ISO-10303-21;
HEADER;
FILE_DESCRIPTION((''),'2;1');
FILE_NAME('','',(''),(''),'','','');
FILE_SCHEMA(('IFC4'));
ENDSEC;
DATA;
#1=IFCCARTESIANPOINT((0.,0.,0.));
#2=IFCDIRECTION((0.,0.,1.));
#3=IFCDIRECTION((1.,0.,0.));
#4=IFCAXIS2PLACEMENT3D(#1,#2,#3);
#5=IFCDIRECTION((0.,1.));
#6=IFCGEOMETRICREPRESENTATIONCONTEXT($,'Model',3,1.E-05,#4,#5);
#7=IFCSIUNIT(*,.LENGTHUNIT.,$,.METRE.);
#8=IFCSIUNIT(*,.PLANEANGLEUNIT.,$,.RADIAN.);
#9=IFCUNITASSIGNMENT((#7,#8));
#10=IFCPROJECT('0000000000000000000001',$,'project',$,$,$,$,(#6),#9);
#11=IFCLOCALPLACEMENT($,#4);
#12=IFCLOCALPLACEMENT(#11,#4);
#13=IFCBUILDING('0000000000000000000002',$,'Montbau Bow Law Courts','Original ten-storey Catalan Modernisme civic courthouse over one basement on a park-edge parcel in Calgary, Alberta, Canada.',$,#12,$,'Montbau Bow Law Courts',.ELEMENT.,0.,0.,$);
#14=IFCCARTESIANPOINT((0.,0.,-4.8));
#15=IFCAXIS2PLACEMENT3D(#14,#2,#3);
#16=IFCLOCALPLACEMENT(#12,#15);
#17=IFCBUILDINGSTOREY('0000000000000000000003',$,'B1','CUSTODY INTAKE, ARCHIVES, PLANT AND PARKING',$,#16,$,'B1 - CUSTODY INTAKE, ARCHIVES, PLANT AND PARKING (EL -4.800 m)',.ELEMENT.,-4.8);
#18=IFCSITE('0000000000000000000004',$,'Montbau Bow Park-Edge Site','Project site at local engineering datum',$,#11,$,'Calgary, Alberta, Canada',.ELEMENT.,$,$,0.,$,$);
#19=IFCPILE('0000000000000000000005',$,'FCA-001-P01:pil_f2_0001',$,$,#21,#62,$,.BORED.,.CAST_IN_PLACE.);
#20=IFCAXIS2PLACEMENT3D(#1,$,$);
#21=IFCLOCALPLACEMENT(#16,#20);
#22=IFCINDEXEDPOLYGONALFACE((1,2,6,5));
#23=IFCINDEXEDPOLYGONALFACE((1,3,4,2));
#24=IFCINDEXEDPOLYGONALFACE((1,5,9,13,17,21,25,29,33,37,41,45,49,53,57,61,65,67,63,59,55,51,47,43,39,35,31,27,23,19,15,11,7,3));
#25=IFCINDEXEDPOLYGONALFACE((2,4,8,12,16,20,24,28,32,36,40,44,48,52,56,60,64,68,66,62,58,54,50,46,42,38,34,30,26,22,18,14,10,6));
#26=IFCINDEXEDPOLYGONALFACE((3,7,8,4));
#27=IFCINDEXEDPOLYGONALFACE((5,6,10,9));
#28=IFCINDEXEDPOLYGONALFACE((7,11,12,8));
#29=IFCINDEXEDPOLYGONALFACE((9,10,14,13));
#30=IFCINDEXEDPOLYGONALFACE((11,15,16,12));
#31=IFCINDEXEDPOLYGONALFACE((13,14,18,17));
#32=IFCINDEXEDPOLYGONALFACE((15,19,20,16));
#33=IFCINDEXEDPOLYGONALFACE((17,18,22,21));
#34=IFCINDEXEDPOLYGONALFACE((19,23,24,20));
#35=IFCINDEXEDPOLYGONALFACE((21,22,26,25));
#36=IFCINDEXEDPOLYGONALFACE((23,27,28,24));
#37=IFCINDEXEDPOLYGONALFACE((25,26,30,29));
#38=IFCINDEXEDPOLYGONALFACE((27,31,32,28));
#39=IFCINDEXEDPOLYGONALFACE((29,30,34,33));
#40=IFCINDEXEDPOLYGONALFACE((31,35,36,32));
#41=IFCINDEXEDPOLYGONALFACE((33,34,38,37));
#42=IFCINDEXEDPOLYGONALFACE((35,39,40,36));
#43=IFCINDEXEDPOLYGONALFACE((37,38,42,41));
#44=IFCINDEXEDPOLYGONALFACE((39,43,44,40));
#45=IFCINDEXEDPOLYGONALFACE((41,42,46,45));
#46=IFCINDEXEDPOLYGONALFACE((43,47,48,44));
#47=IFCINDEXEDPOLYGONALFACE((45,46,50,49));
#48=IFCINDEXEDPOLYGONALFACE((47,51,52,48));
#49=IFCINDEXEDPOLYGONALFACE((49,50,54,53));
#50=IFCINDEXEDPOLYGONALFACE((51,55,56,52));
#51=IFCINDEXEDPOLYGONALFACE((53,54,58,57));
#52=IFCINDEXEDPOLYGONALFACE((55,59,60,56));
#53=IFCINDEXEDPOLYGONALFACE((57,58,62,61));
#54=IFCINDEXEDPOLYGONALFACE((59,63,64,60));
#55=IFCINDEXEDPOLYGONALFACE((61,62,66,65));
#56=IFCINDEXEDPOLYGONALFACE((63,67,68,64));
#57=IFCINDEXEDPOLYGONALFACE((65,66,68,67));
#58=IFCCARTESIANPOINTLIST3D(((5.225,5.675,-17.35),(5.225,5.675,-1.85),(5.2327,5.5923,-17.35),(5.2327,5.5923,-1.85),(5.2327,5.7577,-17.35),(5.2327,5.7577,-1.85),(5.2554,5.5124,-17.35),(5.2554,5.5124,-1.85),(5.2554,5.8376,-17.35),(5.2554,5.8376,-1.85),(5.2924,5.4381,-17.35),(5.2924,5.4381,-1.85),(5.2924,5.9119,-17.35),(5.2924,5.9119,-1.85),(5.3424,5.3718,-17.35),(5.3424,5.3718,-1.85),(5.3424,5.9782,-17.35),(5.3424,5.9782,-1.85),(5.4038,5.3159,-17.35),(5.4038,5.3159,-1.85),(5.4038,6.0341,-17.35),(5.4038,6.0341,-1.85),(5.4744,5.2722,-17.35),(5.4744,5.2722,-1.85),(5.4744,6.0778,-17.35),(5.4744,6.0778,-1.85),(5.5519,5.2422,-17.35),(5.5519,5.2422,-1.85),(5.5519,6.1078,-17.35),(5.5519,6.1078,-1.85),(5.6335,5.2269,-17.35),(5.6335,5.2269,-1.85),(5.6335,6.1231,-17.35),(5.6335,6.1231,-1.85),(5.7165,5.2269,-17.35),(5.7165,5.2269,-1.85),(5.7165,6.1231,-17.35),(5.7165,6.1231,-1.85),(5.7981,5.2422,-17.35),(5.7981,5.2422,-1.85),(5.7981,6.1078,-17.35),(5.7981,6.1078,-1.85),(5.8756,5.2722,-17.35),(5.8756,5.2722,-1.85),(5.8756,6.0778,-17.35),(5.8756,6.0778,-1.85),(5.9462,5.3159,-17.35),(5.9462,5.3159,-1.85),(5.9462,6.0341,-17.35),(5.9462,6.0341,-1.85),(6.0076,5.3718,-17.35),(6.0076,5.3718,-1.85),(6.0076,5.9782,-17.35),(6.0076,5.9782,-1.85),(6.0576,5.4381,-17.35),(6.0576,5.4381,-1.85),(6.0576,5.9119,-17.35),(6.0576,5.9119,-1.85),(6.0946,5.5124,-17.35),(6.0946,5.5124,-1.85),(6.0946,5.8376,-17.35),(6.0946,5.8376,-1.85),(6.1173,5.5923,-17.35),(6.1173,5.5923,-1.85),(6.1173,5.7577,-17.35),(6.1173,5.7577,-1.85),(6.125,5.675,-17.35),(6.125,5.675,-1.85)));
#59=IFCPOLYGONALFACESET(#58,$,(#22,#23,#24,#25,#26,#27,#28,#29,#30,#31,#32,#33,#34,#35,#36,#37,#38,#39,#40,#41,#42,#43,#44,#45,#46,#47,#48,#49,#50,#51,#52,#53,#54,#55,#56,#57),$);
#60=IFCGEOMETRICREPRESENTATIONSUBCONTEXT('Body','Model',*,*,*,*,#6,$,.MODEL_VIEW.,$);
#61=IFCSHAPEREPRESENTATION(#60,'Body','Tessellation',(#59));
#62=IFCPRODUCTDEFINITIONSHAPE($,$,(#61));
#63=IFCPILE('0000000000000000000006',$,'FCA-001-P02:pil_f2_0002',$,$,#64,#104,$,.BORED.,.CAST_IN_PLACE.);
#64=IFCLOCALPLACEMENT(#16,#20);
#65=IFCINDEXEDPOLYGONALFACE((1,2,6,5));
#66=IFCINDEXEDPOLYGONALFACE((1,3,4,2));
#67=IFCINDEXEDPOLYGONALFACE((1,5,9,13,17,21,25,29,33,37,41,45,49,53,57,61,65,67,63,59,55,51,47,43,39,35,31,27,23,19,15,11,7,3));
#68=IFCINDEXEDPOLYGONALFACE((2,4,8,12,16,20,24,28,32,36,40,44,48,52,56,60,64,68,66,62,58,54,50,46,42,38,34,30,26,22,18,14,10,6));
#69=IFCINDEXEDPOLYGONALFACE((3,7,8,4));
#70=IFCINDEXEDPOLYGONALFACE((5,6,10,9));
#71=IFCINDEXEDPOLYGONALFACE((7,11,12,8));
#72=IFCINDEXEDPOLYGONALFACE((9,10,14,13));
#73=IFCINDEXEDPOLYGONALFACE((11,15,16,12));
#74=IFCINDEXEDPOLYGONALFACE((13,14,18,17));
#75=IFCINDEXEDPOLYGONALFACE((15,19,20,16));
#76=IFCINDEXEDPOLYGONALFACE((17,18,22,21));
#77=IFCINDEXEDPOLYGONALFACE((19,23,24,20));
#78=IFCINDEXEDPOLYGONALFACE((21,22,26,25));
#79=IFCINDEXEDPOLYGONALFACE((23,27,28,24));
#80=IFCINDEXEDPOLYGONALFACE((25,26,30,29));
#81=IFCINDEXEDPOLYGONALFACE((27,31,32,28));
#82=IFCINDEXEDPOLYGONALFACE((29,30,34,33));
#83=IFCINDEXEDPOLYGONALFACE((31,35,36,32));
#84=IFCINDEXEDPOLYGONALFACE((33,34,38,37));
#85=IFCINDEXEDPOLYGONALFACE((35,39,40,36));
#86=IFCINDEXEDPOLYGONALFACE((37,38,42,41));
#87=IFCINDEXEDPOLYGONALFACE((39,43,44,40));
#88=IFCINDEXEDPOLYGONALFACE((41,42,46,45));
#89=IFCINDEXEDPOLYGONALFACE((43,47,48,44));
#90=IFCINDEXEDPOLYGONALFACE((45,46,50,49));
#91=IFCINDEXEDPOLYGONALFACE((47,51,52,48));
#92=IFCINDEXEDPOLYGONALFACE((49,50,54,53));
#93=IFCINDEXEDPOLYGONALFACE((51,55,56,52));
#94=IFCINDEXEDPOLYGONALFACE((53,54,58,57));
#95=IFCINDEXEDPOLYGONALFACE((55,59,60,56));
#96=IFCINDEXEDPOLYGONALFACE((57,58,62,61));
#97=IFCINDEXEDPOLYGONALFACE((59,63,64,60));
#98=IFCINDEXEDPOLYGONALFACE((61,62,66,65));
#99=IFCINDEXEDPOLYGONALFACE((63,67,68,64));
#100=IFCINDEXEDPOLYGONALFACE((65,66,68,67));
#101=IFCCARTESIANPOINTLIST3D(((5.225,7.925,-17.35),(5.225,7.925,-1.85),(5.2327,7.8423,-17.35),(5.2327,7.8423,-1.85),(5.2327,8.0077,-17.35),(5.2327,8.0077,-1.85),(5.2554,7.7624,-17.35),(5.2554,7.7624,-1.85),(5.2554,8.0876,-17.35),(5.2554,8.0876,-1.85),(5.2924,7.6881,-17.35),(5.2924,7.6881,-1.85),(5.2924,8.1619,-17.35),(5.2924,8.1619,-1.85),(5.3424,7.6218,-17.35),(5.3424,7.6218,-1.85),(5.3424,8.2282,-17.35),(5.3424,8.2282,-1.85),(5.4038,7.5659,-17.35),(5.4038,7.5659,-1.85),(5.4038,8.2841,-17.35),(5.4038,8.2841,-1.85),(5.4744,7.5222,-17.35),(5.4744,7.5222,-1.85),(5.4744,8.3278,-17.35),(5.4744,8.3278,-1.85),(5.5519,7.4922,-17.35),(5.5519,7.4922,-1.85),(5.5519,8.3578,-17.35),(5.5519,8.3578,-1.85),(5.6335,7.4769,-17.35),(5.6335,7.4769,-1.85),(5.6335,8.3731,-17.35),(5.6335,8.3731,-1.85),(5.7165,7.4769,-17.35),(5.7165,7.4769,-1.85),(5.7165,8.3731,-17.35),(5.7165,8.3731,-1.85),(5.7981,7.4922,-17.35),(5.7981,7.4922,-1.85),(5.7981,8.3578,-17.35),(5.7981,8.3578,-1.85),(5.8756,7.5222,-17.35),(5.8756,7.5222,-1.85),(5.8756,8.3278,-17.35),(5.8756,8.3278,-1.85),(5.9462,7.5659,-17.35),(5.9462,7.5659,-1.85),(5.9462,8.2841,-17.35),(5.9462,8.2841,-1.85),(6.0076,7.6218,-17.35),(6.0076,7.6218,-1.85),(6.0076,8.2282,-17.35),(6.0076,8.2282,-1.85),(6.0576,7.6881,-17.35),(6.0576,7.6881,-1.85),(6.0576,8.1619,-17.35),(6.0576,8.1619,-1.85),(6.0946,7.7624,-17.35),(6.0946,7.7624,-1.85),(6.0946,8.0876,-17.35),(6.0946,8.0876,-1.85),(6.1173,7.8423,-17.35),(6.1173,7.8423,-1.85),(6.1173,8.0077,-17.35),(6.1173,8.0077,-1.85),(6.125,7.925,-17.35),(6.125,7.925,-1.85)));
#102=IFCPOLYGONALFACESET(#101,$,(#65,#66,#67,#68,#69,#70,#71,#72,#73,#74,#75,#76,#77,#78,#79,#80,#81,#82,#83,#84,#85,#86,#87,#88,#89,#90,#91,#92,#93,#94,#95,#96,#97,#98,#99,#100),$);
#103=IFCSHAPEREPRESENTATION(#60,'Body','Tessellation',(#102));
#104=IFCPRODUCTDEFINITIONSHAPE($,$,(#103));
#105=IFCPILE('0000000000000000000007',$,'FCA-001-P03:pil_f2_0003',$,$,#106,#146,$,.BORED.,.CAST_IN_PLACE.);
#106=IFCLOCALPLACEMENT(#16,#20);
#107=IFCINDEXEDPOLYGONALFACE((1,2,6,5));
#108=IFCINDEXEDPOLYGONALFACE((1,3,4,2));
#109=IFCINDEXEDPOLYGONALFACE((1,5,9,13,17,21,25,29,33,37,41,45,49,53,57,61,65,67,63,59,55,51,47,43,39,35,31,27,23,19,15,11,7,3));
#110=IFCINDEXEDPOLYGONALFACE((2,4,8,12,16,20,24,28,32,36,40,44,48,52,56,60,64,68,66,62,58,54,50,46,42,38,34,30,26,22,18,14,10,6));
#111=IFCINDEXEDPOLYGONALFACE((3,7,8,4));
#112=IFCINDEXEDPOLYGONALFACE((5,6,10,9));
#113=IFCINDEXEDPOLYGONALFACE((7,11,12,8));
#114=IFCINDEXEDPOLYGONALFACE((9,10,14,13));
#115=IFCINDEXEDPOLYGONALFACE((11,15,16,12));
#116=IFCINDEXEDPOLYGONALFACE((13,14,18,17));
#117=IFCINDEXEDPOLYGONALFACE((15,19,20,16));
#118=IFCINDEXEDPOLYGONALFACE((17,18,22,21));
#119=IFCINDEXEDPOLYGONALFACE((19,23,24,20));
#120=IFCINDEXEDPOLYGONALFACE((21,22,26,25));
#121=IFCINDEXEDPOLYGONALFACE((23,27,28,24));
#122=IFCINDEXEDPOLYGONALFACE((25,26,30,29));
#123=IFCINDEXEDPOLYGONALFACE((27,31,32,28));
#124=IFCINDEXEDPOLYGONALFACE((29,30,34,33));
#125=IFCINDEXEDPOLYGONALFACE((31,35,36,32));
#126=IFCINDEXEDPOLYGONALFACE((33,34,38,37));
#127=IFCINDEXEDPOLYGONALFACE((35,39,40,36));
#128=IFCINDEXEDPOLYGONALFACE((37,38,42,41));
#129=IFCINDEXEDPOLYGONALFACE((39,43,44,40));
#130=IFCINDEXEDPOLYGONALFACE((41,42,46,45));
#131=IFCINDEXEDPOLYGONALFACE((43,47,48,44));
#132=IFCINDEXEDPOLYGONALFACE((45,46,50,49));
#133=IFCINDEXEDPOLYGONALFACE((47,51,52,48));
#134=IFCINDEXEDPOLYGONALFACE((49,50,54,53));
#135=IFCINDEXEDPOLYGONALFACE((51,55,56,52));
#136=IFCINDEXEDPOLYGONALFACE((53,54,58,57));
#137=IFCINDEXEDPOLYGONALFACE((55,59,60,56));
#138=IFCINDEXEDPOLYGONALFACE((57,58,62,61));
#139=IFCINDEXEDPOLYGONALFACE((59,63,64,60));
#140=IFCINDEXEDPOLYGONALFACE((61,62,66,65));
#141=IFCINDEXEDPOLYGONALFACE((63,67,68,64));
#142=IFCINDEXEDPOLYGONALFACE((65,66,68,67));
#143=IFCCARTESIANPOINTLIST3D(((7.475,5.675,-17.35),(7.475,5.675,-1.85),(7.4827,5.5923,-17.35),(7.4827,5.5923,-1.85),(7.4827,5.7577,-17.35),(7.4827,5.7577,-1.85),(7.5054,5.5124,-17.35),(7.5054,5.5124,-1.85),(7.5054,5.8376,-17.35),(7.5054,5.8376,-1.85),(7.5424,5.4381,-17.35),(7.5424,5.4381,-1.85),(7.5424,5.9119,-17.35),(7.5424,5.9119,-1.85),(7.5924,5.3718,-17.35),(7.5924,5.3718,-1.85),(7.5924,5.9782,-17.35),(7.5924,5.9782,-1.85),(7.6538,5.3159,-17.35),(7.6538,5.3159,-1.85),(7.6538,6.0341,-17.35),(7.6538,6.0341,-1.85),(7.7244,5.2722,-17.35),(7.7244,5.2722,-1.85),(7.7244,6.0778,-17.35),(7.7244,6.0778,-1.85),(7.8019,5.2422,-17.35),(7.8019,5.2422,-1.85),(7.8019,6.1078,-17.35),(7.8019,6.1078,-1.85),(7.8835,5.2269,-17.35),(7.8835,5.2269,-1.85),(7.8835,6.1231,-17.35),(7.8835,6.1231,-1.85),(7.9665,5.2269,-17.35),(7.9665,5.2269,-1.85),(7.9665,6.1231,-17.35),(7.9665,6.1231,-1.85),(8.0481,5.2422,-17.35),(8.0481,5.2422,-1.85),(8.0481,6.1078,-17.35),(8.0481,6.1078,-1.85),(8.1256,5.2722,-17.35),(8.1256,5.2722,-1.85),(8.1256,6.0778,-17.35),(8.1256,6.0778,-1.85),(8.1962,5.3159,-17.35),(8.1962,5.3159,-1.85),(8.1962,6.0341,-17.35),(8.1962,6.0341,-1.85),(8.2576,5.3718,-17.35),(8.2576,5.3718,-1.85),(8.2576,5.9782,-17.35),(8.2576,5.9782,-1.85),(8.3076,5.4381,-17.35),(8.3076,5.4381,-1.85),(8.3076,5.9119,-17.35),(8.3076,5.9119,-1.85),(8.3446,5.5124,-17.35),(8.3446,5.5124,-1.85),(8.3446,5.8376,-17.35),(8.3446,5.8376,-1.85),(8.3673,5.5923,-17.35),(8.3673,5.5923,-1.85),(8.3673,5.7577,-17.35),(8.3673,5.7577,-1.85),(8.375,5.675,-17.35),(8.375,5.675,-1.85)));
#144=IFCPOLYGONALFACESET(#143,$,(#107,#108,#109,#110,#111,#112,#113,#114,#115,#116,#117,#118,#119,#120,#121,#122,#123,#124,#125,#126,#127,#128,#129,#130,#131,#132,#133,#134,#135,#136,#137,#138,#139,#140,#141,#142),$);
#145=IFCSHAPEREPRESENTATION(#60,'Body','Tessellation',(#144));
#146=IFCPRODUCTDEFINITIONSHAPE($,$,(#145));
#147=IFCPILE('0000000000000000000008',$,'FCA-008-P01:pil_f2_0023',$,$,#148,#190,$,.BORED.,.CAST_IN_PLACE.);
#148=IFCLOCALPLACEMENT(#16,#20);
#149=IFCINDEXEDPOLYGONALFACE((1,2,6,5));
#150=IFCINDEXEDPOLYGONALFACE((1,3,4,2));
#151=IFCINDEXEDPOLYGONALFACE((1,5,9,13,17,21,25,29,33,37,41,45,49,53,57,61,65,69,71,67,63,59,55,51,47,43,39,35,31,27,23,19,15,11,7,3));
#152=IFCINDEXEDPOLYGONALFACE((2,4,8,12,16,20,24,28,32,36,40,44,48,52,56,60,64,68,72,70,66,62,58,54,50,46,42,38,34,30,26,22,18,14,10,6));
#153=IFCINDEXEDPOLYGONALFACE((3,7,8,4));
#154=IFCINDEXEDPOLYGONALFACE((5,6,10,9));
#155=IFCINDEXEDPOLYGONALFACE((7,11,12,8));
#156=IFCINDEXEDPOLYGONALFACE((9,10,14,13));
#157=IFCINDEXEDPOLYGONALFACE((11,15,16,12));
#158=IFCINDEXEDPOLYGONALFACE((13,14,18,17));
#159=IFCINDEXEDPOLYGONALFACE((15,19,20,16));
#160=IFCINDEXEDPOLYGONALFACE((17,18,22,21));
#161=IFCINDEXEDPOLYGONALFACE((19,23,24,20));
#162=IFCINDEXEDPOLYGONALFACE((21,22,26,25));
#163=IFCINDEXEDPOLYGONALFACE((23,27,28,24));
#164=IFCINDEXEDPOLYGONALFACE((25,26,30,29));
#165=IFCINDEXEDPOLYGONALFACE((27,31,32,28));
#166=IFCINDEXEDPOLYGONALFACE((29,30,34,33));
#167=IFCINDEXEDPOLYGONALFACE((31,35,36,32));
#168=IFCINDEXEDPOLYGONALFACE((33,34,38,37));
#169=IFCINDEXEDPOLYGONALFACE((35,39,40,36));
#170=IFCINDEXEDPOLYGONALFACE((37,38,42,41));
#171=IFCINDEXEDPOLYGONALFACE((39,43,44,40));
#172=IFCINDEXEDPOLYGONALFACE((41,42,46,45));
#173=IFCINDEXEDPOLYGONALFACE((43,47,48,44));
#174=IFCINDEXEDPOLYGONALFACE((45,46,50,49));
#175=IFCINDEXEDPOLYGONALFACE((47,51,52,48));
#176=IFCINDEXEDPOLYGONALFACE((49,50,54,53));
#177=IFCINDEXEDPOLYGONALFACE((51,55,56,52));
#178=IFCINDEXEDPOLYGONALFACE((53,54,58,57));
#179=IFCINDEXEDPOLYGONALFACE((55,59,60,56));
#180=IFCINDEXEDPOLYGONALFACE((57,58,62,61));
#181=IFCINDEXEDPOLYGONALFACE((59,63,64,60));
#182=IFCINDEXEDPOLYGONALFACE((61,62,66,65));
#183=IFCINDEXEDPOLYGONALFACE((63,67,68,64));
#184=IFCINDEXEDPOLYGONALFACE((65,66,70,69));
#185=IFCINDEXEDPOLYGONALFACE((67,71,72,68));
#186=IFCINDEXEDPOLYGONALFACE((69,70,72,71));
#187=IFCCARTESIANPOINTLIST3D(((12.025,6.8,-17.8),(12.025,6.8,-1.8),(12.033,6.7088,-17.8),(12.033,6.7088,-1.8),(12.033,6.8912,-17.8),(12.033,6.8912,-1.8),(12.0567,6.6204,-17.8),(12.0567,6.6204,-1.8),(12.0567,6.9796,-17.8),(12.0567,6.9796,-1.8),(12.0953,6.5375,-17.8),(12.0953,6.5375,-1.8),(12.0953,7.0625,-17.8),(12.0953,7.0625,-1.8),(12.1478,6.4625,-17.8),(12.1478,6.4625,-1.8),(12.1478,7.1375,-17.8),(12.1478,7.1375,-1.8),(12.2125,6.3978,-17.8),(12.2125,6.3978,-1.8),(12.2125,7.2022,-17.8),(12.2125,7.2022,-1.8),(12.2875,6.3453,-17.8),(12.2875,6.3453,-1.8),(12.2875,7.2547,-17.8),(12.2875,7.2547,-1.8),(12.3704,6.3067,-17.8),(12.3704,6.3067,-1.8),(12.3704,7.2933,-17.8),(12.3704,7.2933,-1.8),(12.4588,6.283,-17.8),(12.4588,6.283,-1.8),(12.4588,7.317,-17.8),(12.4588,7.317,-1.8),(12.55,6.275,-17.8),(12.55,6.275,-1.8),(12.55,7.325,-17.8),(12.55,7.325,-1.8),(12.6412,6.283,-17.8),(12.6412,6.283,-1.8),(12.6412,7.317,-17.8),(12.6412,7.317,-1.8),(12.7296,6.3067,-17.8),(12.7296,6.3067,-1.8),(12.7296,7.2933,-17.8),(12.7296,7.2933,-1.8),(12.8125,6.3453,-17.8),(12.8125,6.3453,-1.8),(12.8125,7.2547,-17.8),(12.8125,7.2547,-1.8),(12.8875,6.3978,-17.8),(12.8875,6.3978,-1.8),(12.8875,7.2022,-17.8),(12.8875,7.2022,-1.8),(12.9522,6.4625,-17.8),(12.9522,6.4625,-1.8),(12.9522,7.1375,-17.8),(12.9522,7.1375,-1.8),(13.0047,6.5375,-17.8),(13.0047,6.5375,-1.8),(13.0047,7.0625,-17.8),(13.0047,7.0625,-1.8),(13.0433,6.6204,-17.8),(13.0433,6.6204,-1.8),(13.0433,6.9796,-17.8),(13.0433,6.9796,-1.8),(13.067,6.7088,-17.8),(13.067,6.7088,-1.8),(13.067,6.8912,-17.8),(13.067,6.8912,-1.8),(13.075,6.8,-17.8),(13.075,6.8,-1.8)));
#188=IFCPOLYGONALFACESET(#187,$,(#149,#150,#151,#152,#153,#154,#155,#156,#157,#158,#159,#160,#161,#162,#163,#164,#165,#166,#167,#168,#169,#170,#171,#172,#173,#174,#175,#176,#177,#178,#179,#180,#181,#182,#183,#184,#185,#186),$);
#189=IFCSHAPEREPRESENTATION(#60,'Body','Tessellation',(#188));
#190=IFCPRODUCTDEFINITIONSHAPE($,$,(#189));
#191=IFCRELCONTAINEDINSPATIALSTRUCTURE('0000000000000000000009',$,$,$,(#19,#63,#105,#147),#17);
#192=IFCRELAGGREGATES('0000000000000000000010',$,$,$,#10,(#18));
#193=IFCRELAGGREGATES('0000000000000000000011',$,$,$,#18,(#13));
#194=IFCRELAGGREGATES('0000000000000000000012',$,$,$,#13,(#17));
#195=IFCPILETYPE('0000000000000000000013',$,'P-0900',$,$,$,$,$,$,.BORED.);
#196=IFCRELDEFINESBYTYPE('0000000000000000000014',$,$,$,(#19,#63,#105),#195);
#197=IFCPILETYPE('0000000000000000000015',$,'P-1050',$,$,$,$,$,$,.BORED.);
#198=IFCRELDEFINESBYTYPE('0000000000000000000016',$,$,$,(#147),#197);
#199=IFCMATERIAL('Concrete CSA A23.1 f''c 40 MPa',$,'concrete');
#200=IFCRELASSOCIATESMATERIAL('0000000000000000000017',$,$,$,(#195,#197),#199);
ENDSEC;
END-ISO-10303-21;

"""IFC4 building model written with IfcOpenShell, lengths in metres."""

from ifc_helpers import new_model, si_unit, direction, frame, origin_with_axes, origin_2d_with_axis, place, context, subcontext, project, spatial, circle, extrude, material, material_profile, profile_set, type_object, element, save


model = new_model("IFC4")

# Units and contexts
model_context = context("Model", 3, precision=1e-05, world=origin_with_axes(), true_north=direction((0.0, 1.0)))
body_context = subcontext(model_context, "Body", "Model", "MODEL_VIEW")
ifc_project = project(units=[si_unit("LENGTHUNIT", "METRE"), si_unit("PLANEANGLEUNIT", "RADIAN")], contexts=[model_context])

# Site, building, storey
site_placement = place(None, origin_with_axes())
site = spatial("IfcSite", under=ifc_project, at=site_placement, Name="Montbau Bow Park-Edge Site", Description="Project site at local engineering datum", LongName="Calgary, Alberta, Canada", CompositionType="ELEMENT", RefElevation=0.0)
building_placement = place(site_placement, origin_with_axes())
building = spatial("IfcBuilding", under=site, at=building_placement, Name="Montbau Bow Law Courts", Description="Original ten-storey Catalan Modernisme civic courthouse over one basement on a park-edge parcel in Calgary, Alberta, Canada.", LongName="Montbau Bow Law Courts", CompositionType="ELEMENT", ElevationOfRefHeight=0.0, ElevationOfTerrain=0.0)
storey_placement = place(building_placement, frame((0.0, 0.0, -4.8), z_axis=(0.0, 0.0, 1.0), x_axis=(1.0, 0.0, 0.0)))
storey = spatial("IfcBuildingStorey", under=building, at=storey_placement, Name="B1", Description="CUSTODY INTAKE, ARCHIVES, PLANT AND PARKING", LongName="B1 - CUSTODY INTAKE, ARCHIVES, PLANT AND PARKING (EL -4.800 m)", CompositionType="ELEMENT", Elevation=-4.8)

# Piles
ifc_material_1 = material(Name="Concrete CSA A23.1 f'c 40 MPa", Category="concrete")
ifc_material_profile_1 = material_profile(ifc_material_1, circle(Radius=0.45, at=origin_2d_with_axis()), Name="BP900", Category="Main", Priority=0)
ifc_profile_set_1 = profile_set([ifc_material_profile_1], Name="Concrete CSA A23.1 f'c 40 MPa")
pile_type_1 = type_object("IfcPileType", Name="P-0900", PredefinedType="BORED", material=ifc_profile_set_1)
for number, where, z_axis, x_axis, name in (
    (1, (5.675, 5.675, -22.15), (0.0, 0.0, 1.0), (1.0, 0.0, 0.0), "FCA-001-P01:pil_f2_0001"),
    (2, (5.675, 7.925, -22.15), (0.0, 0.0, 1.0), (1.0, 0.0, 0.0), "FCA-001-P02:pil_f2_0002"),
    (3, (7.925, 5.675, -22.15), (0.0, 0.0, 1.0), (1.0, 0.0, 0.0), "FCA-001-P03:pil_f2_0003"),
):
    element("IfcPile", number, at=place(None, frame(where, z_axis=z_axis, x_axis=x_axis)), inside=storey, type_object=pile_type_1, Name=name, ConstructionType="CAST_IN_PLACE", PredefinedType="BORED", context=body_context, shape_type="SweptSolid", body=[
        extrude(circle(Radius=0.45, at=origin_2d_with_axis()), origin_with_axes(), (0.0, 0.0, 1.0), 15.5),
    ])
ifc_material_profile_2 = material_profile(ifc_material_1, circle(Radius=0.525, at=origin_2d_with_axis()), Name="BP1050", Category="Main", Priority=0)
ifc_profile_set_2 = profile_set([ifc_material_profile_2], Name="Concrete CSA A23.1 f'c 40 MPa")
pile_type_2 = type_object("IfcPileType", Name="P-1050", PredefinedType="BORED", material=ifc_profile_set_2)
for number, where, z_axis, x_axis, name in (
    (4, (12.55, 6.8, -22.6), (0.0, 0.0, 1.0), (1.0, 0.0, 0.0), "FCA-008-P01:pil_f2_0023"),
):
    element("IfcPile", number, at=place(None, frame(where, z_axis=z_axis, x_axis=x_axis)), inside=storey, type_object=pile_type_2, Name=name, ConstructionType="CAST_IN_PLACE", PredefinedType="BORED", context=body_context, shape_type="SweptSolid", body=[
        extrude(circle(Radius=0.525, at=origin_2d_with_axis()), origin_with_axes(), (0.0, 0.0, 1.0), 16.0),
    ])

save(model, "model.ifc")
